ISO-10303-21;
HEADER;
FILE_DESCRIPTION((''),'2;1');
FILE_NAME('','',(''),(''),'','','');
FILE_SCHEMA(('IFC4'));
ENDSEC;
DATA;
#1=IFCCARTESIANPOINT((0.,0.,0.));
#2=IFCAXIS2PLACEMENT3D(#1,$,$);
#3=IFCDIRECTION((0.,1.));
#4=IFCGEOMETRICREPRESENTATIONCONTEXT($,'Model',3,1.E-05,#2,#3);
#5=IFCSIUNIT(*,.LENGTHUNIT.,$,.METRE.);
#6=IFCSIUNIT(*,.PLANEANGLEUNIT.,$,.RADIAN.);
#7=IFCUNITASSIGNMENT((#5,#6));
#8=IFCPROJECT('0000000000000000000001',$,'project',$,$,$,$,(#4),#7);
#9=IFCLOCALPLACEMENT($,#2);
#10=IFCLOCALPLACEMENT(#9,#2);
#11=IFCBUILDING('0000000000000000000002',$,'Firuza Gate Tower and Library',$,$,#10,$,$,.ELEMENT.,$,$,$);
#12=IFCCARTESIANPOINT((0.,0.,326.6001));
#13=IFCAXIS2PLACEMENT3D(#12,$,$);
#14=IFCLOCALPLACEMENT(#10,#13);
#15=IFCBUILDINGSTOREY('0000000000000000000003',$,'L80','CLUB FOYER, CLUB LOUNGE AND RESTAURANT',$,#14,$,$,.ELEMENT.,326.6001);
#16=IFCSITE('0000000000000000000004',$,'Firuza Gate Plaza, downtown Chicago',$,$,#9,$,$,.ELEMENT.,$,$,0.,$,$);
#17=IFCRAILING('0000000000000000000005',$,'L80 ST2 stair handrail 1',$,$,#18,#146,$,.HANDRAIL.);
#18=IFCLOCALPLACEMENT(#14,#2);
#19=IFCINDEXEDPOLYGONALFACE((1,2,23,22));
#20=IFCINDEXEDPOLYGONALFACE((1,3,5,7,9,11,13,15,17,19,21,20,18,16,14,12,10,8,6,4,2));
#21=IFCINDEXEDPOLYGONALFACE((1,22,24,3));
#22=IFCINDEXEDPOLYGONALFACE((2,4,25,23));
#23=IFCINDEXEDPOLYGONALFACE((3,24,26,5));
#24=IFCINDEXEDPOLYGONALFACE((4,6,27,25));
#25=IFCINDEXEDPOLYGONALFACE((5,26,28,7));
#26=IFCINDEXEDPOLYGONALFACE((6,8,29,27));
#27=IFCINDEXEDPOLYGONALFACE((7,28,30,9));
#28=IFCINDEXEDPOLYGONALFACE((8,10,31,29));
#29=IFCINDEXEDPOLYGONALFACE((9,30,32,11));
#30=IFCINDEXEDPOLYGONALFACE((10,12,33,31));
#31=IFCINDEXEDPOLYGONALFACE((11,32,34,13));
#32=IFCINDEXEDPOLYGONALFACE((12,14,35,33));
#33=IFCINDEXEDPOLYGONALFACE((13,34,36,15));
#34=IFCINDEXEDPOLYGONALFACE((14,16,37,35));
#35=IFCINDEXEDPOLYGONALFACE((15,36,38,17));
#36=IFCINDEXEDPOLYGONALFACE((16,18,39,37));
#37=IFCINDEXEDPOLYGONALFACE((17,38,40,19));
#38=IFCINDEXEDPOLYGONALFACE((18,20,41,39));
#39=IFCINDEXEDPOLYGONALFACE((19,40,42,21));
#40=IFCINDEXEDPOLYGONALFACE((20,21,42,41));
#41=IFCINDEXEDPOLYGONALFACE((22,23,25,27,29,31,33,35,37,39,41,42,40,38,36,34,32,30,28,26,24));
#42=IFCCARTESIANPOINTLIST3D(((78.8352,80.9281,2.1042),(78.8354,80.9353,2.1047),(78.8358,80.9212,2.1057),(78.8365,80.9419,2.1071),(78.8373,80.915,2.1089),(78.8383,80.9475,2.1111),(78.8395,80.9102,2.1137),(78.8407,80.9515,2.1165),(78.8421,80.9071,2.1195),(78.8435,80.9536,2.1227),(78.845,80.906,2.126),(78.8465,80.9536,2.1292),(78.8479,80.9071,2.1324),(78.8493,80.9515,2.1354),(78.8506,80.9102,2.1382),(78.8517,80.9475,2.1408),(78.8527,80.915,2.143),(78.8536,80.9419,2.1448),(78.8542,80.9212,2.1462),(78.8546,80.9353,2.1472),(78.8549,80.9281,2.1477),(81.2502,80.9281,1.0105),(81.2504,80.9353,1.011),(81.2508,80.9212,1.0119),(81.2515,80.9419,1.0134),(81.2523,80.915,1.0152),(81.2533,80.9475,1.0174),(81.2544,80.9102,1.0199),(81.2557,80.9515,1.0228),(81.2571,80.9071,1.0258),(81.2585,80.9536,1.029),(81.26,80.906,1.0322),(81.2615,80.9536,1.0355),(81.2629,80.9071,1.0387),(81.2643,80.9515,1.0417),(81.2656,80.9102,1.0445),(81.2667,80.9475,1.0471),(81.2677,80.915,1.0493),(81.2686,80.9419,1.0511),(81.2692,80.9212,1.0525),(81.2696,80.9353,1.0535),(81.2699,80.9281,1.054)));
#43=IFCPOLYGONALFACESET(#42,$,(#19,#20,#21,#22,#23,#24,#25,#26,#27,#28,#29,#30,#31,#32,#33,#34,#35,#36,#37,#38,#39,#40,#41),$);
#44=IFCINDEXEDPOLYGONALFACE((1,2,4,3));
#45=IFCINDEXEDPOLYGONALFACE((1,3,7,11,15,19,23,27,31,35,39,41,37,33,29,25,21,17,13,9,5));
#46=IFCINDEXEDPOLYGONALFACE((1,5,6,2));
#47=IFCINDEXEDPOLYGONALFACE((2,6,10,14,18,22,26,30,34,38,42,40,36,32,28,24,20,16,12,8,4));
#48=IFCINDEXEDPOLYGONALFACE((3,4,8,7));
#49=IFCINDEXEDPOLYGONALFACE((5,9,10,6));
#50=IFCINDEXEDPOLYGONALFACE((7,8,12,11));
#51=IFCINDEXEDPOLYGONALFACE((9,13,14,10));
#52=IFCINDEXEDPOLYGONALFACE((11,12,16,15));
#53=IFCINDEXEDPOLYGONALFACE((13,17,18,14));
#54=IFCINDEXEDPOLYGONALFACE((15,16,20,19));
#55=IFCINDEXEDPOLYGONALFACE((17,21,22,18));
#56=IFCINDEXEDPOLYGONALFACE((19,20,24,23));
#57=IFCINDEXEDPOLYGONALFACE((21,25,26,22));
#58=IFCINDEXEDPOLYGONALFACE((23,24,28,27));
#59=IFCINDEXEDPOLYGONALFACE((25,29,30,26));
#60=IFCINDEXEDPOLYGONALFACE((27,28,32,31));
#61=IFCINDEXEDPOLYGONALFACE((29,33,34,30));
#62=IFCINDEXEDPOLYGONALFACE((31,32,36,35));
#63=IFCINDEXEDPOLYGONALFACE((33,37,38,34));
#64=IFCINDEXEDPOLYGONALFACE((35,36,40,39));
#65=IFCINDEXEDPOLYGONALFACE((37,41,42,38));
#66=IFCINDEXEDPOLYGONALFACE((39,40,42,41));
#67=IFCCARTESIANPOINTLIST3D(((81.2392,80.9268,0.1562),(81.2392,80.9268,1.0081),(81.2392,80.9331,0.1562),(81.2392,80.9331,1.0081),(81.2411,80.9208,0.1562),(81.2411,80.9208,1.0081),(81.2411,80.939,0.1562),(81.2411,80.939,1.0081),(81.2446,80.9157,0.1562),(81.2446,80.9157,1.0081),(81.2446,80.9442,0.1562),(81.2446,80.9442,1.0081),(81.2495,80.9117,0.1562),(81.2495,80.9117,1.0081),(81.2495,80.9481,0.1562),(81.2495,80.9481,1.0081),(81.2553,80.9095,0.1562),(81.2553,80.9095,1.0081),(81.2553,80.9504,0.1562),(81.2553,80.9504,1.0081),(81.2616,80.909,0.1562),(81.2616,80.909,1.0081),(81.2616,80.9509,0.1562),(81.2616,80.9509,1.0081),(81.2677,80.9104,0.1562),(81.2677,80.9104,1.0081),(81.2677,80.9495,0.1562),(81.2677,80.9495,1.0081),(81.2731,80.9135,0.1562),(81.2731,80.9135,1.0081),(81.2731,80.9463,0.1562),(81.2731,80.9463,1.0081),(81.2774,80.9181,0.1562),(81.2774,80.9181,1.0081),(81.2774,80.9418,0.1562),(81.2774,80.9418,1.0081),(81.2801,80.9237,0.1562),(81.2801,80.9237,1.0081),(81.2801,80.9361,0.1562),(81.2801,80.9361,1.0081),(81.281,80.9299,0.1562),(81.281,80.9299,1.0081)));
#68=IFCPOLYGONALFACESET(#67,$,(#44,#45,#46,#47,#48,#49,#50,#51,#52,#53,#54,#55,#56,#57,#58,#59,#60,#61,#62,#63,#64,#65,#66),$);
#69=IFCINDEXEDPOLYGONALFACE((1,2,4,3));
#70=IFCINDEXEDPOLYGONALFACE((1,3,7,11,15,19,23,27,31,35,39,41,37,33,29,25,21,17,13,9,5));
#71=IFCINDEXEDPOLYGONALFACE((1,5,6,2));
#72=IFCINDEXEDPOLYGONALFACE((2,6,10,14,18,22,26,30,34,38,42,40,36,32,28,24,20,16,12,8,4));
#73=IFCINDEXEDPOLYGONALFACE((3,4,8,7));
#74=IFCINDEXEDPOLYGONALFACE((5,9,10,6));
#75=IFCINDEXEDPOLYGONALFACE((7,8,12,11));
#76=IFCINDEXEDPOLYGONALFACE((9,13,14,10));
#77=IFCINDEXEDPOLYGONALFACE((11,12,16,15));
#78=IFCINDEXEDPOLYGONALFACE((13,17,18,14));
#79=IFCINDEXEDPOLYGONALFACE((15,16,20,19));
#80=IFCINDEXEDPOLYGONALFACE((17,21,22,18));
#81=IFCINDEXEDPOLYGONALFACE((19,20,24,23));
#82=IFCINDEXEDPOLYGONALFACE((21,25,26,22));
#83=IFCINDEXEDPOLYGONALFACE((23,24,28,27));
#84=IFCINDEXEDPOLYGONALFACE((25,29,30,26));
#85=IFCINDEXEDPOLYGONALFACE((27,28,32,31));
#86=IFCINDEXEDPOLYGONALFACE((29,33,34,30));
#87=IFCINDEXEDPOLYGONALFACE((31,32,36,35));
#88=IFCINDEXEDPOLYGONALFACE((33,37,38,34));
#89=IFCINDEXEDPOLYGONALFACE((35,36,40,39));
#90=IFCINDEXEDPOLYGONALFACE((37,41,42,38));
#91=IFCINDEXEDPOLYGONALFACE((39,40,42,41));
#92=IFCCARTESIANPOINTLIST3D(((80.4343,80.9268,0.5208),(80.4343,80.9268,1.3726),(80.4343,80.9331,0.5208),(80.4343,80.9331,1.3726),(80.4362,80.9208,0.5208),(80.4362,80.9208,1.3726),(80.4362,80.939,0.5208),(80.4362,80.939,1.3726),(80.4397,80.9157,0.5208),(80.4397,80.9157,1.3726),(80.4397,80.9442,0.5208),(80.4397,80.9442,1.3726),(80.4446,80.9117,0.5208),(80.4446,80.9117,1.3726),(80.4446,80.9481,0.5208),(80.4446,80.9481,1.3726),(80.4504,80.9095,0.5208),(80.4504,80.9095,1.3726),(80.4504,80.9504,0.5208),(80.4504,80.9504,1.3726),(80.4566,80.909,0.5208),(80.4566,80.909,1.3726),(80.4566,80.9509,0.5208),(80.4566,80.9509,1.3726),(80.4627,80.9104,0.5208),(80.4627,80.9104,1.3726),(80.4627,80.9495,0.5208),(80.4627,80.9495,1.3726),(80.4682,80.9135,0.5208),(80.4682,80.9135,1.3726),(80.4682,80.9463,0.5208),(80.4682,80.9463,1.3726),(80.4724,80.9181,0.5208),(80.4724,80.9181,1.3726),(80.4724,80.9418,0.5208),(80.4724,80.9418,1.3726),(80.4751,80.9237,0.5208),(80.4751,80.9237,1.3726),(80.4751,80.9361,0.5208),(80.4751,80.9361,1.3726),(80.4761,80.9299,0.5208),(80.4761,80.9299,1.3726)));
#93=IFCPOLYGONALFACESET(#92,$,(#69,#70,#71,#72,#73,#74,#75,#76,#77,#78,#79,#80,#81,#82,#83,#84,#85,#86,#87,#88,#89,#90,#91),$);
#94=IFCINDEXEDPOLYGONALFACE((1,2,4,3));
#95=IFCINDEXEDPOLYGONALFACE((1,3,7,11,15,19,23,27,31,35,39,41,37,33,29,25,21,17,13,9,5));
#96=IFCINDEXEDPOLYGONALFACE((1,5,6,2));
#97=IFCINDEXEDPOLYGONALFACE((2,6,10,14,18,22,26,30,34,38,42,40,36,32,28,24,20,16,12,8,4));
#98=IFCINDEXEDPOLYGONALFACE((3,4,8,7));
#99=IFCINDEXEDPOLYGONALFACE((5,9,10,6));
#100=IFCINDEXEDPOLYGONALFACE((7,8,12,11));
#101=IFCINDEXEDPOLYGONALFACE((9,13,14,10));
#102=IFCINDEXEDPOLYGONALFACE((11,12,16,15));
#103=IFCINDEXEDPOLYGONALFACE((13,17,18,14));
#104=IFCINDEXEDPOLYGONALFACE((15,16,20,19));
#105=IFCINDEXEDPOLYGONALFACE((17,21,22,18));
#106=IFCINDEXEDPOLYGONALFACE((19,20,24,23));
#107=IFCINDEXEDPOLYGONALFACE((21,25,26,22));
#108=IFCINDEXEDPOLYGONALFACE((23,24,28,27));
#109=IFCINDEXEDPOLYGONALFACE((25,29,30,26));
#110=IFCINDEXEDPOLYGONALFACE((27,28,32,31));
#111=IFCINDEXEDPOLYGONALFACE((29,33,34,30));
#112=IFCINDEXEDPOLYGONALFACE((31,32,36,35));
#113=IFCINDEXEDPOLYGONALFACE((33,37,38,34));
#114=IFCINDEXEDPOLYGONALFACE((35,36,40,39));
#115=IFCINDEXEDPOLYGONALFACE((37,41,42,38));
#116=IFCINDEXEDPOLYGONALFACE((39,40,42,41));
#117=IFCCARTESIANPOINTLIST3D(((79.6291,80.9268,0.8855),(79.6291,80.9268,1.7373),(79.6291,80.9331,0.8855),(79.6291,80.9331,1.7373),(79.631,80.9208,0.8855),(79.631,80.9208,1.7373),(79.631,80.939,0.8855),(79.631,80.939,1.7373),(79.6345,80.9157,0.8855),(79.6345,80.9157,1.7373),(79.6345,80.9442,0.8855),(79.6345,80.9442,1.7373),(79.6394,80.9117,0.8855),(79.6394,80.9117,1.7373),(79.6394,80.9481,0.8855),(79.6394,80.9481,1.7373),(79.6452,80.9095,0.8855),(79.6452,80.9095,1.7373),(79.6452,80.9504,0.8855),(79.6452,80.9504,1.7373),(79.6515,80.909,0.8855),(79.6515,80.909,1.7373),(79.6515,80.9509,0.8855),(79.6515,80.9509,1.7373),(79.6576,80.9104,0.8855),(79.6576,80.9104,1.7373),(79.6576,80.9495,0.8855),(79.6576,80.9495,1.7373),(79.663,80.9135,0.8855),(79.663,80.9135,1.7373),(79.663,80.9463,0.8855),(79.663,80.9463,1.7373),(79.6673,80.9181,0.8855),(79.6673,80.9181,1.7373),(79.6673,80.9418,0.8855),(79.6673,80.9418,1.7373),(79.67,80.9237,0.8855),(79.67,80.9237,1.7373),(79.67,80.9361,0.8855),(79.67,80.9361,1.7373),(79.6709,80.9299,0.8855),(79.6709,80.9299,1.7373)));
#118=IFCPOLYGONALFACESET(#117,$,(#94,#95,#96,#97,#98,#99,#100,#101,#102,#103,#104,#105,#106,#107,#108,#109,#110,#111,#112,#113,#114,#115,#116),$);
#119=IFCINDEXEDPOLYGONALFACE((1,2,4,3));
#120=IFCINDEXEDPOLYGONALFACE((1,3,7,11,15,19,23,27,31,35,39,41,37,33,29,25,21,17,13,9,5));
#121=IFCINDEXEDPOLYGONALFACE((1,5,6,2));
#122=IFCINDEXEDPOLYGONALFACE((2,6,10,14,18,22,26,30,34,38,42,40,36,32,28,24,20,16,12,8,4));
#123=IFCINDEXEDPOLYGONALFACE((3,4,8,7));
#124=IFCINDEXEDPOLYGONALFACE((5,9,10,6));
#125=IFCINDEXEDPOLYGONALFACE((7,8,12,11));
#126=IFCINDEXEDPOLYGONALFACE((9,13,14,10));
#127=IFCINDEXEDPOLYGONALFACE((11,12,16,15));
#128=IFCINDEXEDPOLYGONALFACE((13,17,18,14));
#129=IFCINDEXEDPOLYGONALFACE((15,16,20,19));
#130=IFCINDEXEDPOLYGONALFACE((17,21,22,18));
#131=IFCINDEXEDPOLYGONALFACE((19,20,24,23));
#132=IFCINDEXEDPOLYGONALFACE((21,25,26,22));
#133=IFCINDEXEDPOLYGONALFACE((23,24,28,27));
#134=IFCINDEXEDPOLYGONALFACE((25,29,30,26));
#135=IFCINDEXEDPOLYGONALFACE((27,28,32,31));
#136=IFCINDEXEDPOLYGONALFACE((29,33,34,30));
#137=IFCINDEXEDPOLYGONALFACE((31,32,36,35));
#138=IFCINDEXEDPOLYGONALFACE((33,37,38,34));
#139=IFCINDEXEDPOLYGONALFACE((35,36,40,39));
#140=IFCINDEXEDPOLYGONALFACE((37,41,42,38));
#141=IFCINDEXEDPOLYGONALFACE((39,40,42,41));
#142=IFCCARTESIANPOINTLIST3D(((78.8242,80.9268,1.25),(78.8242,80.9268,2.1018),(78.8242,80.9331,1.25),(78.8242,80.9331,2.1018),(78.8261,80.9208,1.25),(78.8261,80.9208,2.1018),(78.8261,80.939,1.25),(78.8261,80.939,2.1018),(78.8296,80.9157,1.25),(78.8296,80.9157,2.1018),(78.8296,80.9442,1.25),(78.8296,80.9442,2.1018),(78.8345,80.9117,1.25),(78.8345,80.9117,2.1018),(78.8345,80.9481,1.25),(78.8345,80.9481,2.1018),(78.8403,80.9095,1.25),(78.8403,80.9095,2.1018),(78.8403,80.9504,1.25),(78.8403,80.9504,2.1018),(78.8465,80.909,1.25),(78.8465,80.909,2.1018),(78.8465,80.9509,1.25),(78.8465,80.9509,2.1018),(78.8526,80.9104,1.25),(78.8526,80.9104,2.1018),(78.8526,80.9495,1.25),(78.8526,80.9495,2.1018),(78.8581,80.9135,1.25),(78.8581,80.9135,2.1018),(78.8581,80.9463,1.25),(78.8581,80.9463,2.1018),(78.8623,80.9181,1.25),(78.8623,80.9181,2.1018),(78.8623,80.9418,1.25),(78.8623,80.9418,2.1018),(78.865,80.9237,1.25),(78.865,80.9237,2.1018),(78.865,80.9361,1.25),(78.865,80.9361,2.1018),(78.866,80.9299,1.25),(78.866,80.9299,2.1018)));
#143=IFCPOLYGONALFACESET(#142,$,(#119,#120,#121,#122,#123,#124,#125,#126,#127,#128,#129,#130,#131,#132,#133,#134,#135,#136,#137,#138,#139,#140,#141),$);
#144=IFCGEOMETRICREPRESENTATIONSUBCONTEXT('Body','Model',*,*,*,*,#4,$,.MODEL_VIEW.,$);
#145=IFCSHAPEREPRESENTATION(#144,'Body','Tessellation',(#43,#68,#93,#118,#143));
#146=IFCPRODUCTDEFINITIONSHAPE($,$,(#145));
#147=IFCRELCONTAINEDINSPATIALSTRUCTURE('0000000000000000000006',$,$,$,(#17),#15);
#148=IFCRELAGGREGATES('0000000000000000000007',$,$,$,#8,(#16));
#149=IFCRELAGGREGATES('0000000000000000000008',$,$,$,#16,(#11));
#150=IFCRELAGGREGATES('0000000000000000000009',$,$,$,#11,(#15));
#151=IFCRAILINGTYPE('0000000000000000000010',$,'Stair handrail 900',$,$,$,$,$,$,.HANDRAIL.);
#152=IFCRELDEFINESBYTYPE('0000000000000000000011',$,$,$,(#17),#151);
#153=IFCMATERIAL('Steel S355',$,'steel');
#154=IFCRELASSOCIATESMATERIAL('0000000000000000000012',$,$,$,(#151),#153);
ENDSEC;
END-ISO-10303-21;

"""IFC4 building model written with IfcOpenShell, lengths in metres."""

from ifc_helpers import new_model, si_unit, direction, frame, origin, origin_2d, place, context, subcontext, project, spatial, circle, extrude, material, type_object, element, save


model = new_model("IFC4")

# Units and contexts
model_context = context("Model", 3, precision=1e-05, world=origin(), true_north=direction((0.0, 1.0)))
body_context = subcontext(model_context, "Body", "Model", "MODEL_VIEW")
ifc_project = project(units=[si_unit("LENGTHUNIT", "METRE"), si_unit("PLANEANGLEUNIT", "RADIAN")], contexts=[model_context])

# Site, building, storey
site_placement = place(None, origin())
site = spatial("IfcSite", under=ifc_project, at=site_placement, Name="Firuza Gate Plaza, downtown Chicago", CompositionType="ELEMENT", RefElevation=0.0)
building_placement = place(site_placement, origin())
building = spatial("IfcBuilding", under=site, at=building_placement, Name="Firuza Gate Tower and Library", CompositionType="ELEMENT")
storey_placement = place(building_placement, frame((0.0, 0.0, 326.6001)))
storey = spatial("IfcBuildingStorey", under=building, at=storey_placement, Name="L80", Description="CLUB FOYER, CLUB LOUNGE AND RESTAURANT", CompositionType="ELEMENT", Elevation=326.6001)

# Railing
ifc_material_1 = material(Name="Steel S355", Category="steel")
railing_type_1 = type_object("IfcRailingType", Name="Stair handrail 900", PredefinedType="HANDRAIL", material=ifc_material_1)
railing_1_placement = place(storey_placement, frame((81.26, 80.9299, 0.1562)))
element("IfcRailing", 1, at=railing_1_placement, inside=storey, type_object=railing_type_1, Name="L80 ST2 stair handrail 1", PredefinedType="HANDRAIL", context=body_context, shape_type="SweptSolid", body=[
    extrude(circle(Radius=0.0239, at=origin_2d()), frame((0.0, 0.0, 0.876), z_axis=(-0.910933, 0.0, 0.412554), x_axis=(0.0, -1.0, 0.0)), (0.0, 0.0, 1.0), 2.6511),
    extrude(circle(Radius=0.021, at=origin_2d()), origin(), (0.0, 0.0, 1.0), 0.8518),
    extrude(circle(Radius=0.021, at=origin_2d()), frame((-0.8049, 0.0, 0.3645)), (0.0, 0.0, 1.0), 0.8518),
    extrude(circle(Radius=0.021, at=origin_2d()), frame((-1.6101, 0.0, 0.7292)), (0.0, 0.0, 1.0), 0.8518),
    extrude(circle(Radius=0.021, at=origin_2d()), frame((-2.415, 0.0, 1.0938)), (0.0, 0.0, 1.0), 0.8518),
])

save(model, "model.ifc")
